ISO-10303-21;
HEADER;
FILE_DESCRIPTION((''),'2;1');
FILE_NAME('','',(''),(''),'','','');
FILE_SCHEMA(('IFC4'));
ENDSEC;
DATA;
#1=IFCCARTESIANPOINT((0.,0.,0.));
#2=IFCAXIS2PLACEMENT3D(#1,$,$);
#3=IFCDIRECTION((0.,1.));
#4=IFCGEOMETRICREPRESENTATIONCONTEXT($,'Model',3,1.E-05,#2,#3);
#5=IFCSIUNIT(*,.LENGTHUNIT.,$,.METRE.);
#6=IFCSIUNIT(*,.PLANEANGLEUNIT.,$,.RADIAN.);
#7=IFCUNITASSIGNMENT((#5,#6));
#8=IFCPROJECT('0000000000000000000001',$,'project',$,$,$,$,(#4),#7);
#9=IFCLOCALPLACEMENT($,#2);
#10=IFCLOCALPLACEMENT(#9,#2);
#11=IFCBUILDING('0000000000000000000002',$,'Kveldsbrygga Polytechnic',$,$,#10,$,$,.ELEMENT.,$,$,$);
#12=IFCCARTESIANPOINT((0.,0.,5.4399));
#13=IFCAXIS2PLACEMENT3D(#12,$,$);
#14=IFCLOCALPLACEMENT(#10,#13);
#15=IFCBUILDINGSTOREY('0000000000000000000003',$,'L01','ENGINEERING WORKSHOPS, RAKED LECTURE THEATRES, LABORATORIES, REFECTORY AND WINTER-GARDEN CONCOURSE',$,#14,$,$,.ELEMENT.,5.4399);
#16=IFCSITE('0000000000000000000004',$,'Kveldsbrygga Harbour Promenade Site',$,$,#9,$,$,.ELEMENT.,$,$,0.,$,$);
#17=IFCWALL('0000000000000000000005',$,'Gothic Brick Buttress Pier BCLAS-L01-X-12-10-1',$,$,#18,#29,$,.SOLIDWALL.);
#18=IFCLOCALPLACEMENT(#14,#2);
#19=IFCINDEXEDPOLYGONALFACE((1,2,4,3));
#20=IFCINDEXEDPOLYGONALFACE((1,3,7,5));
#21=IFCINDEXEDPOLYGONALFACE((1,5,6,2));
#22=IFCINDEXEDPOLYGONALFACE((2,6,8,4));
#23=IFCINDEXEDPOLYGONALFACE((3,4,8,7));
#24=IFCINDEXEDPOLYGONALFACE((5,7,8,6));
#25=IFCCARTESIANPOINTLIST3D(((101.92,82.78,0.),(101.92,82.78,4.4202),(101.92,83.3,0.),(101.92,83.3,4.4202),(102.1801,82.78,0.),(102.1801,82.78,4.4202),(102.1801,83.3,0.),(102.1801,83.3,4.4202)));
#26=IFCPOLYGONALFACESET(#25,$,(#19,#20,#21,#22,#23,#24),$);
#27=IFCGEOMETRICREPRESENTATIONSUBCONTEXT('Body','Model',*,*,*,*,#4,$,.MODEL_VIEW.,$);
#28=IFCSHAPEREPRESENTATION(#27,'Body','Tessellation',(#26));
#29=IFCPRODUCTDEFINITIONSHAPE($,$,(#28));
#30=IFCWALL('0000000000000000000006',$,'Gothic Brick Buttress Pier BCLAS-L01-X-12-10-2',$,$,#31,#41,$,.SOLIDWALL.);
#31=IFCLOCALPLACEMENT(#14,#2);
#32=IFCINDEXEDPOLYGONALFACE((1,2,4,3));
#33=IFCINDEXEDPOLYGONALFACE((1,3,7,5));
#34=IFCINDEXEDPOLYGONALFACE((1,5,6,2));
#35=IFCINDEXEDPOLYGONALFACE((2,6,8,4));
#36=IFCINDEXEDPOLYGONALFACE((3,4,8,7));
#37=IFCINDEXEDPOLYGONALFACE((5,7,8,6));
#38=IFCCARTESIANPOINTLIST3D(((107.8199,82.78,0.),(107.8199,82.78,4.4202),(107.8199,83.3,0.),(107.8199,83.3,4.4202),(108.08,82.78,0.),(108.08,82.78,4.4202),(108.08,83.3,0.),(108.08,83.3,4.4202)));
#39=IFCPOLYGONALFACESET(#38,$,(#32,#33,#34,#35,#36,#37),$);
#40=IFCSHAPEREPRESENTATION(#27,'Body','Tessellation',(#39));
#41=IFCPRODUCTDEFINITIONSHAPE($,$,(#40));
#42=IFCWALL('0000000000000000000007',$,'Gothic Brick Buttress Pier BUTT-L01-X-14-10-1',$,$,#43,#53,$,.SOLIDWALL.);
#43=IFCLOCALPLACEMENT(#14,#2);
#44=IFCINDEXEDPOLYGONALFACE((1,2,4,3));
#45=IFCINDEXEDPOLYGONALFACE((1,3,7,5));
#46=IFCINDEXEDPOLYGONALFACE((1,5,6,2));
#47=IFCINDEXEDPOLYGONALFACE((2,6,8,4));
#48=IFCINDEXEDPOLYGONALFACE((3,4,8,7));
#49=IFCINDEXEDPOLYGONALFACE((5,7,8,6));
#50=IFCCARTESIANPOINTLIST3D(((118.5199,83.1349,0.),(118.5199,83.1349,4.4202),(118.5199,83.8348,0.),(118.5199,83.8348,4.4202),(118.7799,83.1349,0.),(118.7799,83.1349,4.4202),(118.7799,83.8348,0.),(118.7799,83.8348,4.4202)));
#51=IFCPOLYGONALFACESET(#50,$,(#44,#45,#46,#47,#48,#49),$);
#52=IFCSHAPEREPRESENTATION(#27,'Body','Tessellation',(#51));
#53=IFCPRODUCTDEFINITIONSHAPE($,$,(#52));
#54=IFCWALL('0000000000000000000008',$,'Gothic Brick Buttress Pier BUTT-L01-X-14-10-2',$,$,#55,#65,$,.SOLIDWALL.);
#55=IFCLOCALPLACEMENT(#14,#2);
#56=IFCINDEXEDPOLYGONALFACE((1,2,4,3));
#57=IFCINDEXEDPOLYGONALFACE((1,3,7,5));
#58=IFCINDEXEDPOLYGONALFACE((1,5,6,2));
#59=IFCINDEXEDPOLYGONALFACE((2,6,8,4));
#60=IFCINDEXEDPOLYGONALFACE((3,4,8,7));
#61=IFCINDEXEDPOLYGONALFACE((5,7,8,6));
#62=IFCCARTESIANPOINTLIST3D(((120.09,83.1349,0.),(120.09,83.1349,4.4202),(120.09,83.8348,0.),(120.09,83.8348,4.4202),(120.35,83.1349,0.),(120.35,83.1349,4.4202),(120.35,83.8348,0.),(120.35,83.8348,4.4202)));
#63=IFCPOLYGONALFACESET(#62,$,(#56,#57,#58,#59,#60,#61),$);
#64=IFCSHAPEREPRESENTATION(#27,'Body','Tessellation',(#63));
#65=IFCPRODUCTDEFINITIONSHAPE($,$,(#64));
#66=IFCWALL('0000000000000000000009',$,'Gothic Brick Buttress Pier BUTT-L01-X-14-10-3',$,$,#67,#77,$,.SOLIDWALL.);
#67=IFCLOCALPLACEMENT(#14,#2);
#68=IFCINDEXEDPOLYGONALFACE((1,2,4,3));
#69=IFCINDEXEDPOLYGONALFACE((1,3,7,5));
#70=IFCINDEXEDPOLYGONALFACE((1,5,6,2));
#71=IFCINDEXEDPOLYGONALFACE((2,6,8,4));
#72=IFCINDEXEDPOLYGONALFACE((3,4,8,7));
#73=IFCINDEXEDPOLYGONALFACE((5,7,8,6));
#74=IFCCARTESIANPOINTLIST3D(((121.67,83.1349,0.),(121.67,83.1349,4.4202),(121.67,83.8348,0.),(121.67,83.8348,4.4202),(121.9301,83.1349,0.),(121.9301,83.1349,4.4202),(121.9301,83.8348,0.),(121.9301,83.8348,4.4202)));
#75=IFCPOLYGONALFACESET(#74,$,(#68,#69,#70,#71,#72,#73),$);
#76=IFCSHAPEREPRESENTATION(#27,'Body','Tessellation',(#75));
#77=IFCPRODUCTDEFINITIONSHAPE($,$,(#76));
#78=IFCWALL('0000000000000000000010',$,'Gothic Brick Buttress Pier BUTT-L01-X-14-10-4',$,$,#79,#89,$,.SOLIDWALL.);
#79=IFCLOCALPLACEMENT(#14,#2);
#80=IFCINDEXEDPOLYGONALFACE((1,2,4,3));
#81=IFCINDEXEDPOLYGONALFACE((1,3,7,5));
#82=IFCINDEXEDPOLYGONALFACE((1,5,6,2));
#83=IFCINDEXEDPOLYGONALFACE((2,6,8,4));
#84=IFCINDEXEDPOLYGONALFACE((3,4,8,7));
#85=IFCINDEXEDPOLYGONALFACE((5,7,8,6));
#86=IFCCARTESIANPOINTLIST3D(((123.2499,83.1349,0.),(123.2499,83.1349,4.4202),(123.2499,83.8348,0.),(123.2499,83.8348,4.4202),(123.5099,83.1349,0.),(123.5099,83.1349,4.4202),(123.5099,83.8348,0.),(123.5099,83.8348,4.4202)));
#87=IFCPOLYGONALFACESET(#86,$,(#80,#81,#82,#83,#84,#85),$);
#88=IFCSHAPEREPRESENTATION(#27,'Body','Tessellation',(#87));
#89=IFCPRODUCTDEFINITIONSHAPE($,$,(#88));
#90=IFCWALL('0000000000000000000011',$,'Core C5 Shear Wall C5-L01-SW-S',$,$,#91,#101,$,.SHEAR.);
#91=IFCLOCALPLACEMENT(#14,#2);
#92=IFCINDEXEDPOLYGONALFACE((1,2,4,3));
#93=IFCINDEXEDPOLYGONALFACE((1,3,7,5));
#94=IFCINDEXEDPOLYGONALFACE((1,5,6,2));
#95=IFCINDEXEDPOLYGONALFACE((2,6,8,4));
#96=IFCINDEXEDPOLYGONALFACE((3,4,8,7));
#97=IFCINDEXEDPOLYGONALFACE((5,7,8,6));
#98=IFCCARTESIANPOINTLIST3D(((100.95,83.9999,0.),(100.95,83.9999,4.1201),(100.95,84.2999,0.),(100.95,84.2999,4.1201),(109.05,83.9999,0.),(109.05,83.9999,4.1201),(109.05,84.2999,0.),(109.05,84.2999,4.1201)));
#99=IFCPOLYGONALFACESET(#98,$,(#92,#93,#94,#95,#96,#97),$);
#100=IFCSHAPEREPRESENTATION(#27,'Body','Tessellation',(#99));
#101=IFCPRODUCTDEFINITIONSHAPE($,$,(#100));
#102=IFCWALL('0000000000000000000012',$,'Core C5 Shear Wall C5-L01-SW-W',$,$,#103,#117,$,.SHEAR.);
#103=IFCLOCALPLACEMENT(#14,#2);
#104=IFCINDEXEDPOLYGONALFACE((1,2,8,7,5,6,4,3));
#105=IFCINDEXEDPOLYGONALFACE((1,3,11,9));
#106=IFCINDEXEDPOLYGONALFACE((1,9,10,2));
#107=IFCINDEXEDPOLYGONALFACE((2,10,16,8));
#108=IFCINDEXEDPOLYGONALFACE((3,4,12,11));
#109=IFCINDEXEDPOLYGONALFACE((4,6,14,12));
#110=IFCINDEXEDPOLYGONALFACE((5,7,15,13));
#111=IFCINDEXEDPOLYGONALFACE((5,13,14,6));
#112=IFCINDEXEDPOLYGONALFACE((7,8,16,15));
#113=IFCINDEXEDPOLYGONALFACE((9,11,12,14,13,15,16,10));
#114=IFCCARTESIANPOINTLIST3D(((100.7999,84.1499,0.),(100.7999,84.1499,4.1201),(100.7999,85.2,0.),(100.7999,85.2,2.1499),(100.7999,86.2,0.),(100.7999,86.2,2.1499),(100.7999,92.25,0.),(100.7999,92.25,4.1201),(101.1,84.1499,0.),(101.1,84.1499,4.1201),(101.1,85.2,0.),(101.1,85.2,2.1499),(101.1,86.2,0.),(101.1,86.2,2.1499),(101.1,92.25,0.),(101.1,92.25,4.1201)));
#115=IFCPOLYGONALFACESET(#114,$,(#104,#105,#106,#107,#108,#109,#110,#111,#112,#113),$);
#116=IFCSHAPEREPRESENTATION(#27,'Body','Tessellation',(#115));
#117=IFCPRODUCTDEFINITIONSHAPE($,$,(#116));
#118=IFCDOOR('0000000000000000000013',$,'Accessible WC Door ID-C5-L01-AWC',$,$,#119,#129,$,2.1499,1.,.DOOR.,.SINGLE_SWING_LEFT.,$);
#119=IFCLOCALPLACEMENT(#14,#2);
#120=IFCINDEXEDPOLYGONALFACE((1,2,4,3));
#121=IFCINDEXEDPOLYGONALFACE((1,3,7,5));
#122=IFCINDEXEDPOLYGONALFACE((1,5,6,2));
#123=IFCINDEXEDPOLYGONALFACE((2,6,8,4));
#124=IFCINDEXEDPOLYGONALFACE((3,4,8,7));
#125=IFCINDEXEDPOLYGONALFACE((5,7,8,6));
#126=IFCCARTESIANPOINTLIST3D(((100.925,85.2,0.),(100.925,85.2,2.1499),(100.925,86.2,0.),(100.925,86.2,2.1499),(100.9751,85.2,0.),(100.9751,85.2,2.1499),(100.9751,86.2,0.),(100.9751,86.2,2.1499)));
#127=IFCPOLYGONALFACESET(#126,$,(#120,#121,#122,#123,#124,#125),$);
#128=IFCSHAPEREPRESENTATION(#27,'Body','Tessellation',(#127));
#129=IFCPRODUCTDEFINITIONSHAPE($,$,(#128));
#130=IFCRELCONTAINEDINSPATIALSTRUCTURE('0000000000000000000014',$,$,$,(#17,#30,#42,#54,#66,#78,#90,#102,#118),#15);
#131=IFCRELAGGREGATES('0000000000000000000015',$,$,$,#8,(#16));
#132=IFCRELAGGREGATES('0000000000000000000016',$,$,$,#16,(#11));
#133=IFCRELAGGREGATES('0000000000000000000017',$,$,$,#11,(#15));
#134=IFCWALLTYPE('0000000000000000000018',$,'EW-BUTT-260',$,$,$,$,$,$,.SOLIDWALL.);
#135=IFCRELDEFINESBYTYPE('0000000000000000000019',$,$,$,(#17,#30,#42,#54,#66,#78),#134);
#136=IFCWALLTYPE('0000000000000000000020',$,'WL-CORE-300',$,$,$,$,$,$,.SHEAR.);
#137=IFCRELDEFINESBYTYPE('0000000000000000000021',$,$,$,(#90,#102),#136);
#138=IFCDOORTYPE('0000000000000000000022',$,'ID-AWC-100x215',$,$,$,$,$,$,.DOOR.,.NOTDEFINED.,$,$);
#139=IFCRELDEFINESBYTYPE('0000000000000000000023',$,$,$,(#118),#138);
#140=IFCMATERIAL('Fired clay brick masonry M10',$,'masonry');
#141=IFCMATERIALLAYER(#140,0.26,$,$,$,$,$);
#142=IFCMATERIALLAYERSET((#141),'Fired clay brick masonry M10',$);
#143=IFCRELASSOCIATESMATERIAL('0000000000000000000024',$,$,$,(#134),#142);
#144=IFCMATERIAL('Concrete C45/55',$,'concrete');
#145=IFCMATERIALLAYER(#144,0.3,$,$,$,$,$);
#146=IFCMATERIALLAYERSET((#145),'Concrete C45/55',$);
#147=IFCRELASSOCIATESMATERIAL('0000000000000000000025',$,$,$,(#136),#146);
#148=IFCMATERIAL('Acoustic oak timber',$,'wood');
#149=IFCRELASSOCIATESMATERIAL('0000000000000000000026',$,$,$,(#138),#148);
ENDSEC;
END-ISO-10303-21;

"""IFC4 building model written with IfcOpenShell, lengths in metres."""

from ifc_helpers import new_model, si_unit, direction, frame, frame_2d, origin, place, context, subcontext, project, spatial, rectangle, extrude, material, layer, layer_set, type_object, element, fill, save


model = new_model("IFC4")

# Units and contexts
model_context = context("Model", 3, precision=1e-05, world=origin(), true_north=direction((0.0, 1.0)))
body_context = subcontext(model_context, "Body", "Model", "MODEL_VIEW")
ifc_project = project(units=[si_unit("LENGTHUNIT", "METRE"), si_unit("PLANEANGLEUNIT", "RADIAN")], contexts=[model_context])

# Site, building, storey
site_placement = place(None, origin())
site = spatial("IfcSite", under=ifc_project, at=site_placement, Name="Kveldsbrygga Harbour Promenade Site", CompositionType="ELEMENT", RefElevation=0.0)
building_placement = place(site_placement, origin())
building = spatial("IfcBuilding", under=site, at=building_placement, Name="Kveldsbrygga Polytechnic", CompositionType="ELEMENT")
storey_placement = place(building_placement, frame((0.0, 0.0, 5.4399)))
storey = spatial("IfcBuildingStorey", under=building, at=storey_placement, Name="L01", Description="ENGINEERING WORKSHOPS, RAKED LECTURE THEATRES, LABORATORIES, REFECTORY AND WINTER-GARDEN CONCOURSE", CompositionType="ELEMENT", Elevation=5.4399)

# Shared definitions
ifc_material_1 = material(Name="Concrete C45/55", Category="concrete")

# Shared definitions
ifc_material_2 = material(Name="Fired clay brick masonry M10", Category="masonry")

# Walls
ifc_layer_1 = layer(ifc_material_2, 0.26)
ifc_layer_set_1 = layer_set([ifc_layer_1], Name="Fired clay brick masonry M10")
wall_type_1 = type_object("IfcWallType", Name="EW-BUTT-260", PredefinedType="SOLIDWALL", material=ifc_layer_set_1)
for number, where, z_axis, x_axis, name in (
    (1, (102.05, 83.3, 0.0), (0.0, 0.0, 1.0), (0.0, -1.0, 0.0), "Gothic Brick Buttress Pier BCLAS-L01-X-12-10-1"),
    (2, (107.95, 83.3, 0.0), (0.0, 0.0, 1.0), (0.0, -1.0, 0.0), "Gothic Brick Buttress Pier BCLAS-L01-X-12-10-2"),
):
    element("IfcWall", number, at=place(storey_placement, frame(where, z_axis=z_axis, x_axis=x_axis)), inside=storey, type_object=wall_type_1, Name=name, PredefinedType="SOLIDWALL", context=body_context, shape_type="SweptSolid", body=[
        extrude(rectangle(XDim=0.52, YDim=0.26, at=frame_2d((0.26, 0.0))), origin(), (0.0, 0.0, 1.0), 4.4202),
    ])
for number, where, z_axis, x_axis, name in (
    (3, (118.6499, 83.835, 0.0), (0.0, 0.0, 1.0), (0.0, -1.0, 0.0), "Gothic Brick Buttress Pier BUTT-L01-X-14-10-1"),
    (4, (120.22, 83.835, 0.0), (0.0, 0.0, 1.0), (0.0, -1.0, 0.0), "Gothic Brick Buttress Pier BUTT-L01-X-14-10-2"),
    (5, (121.8, 83.835, 0.0), (0.0, 0.0, 1.0), (0.0, -1.0, 0.0), "Gothic Brick Buttress Pier BUTT-L01-X-14-10-3"),
    (6, (123.3799, 83.835, 0.0), (0.0, 0.0, 1.0), (0.0, -1.0, 0.0), "Gothic Brick Buttress Pier BUTT-L01-X-14-10-4"),
):
    element("IfcWall", number, at=place(storey_placement, frame(where, z_axis=z_axis, x_axis=x_axis)), inside=storey, type_object=wall_type_1, Name=name, PredefinedType="SOLIDWALL", context=body_context, shape_type="SweptSolid", body=[
        extrude(rectangle(XDim=0.7, YDim=0.26, at=frame_2d((0.3501, 0.0))), origin(), (0.0, 0.0, 1.0), 4.4202),
    ])
ifc_layer_2 = layer(ifc_material_1, 0.3)
ifc_layer_set_2 = layer_set([ifc_layer_2], Name="Concrete C45/55")
wall_type_2 = type_object("IfcWallType", Name="WL-CORE-300", PredefinedType="SHEAR", material=ifc_layer_set_2)
wall_1_placement = place(storey_placement, frame((100.95, 84.1499, 0.0), z_axis=(0.0, 0.0, 1.0), x_axis=(1.0, 0.0, 0.0)))
element("IfcWall", 7, at=wall_1_placement, inside=storey, type_object=wall_type_2, Name="Core C5 Shear Wall C5-L01-SW-S", PredefinedType="SHEAR", context=body_context, shape_type="SweptSolid", body=[
    extrude(rectangle(XDim=8.1001, YDim=0.3, at=frame_2d((4.05, 0.0))), origin(), (0.0, 0.0, 1.0), 4.1201),
])

# Wall, opening, door
wall_2_placement = place(storey_placement, frame((100.95, 84.1499, 0.0), z_axis=(0.0, 0.0, 1.0), x_axis=(0.0, 1.0, 0.0)))
wall_2 = element("IfcWall", 8, at=wall_2_placement, inside=storey, type_object=wall_type_2, Name="Core C5 Shear Wall C5-L01-SW-W", PredefinedType="SHEAR", context=body_context, shape_type="SweptSolid", body=[
    extrude(rectangle(XDim=8.1001, YDim=0.3, at=frame_2d((4.05, 0.0))), origin(), (0.0, 0.0, 1.0), 4.1201),
])
opening_1_placement = place(wall_2_placement, frame((1.05, 0.0, 0.0)))
opening_1 = element("IfcOpeningElement", 9, at=opening_1_placement, cuts=wall_2, PredefinedType="OPENING", context=body_context, shape_type="SweptSolid", body=[
    extrude(rectangle(XDim=1.0, YDim=2.1499, at=frame_2d((0.5, 1.075))), frame((0.0, 0.1602, 0.0), z_axis=(0.0, -1.0, 0.0), x_axis=(1.0, 0.0, 0.0)), (0.0, 0.0, 1.0), 0.3201),
])
ifc_material_3 = material(Name="Acoustic oak timber", Category="wood")
door_type = type_object("IfcDoorType", Name="ID-AWC-100x215", OperationType="NOTDEFINED", PredefinedType="DOOR", material=ifc_material_3)
door_placement = place(opening_1_placement, origin())
door = element("IfcDoor", 10, at=door_placement, inside=storey, type_object=door_type, Name="Accessible WC Door ID-C5-L01-AWC", OperationType="SINGLE_SWING_LEFT", OverallHeight=2.1499, OverallWidth=1.0, PredefinedType="DOOR", context=body_context, shape_type="SweptSolid", body=[
    extrude(rectangle(XDim=1.0, YDim=2.1499, at=frame_2d((0.5, 1.075))), frame((0.0, 0.0249, 0.0), z_axis=(0.0, -1.0, 0.0), x_axis=(1.0, 0.0, 0.0)), (0.0, 0.0, 1.0), 0.05),
])
fill(opening_1, door)

save(model, "model.ifc")
